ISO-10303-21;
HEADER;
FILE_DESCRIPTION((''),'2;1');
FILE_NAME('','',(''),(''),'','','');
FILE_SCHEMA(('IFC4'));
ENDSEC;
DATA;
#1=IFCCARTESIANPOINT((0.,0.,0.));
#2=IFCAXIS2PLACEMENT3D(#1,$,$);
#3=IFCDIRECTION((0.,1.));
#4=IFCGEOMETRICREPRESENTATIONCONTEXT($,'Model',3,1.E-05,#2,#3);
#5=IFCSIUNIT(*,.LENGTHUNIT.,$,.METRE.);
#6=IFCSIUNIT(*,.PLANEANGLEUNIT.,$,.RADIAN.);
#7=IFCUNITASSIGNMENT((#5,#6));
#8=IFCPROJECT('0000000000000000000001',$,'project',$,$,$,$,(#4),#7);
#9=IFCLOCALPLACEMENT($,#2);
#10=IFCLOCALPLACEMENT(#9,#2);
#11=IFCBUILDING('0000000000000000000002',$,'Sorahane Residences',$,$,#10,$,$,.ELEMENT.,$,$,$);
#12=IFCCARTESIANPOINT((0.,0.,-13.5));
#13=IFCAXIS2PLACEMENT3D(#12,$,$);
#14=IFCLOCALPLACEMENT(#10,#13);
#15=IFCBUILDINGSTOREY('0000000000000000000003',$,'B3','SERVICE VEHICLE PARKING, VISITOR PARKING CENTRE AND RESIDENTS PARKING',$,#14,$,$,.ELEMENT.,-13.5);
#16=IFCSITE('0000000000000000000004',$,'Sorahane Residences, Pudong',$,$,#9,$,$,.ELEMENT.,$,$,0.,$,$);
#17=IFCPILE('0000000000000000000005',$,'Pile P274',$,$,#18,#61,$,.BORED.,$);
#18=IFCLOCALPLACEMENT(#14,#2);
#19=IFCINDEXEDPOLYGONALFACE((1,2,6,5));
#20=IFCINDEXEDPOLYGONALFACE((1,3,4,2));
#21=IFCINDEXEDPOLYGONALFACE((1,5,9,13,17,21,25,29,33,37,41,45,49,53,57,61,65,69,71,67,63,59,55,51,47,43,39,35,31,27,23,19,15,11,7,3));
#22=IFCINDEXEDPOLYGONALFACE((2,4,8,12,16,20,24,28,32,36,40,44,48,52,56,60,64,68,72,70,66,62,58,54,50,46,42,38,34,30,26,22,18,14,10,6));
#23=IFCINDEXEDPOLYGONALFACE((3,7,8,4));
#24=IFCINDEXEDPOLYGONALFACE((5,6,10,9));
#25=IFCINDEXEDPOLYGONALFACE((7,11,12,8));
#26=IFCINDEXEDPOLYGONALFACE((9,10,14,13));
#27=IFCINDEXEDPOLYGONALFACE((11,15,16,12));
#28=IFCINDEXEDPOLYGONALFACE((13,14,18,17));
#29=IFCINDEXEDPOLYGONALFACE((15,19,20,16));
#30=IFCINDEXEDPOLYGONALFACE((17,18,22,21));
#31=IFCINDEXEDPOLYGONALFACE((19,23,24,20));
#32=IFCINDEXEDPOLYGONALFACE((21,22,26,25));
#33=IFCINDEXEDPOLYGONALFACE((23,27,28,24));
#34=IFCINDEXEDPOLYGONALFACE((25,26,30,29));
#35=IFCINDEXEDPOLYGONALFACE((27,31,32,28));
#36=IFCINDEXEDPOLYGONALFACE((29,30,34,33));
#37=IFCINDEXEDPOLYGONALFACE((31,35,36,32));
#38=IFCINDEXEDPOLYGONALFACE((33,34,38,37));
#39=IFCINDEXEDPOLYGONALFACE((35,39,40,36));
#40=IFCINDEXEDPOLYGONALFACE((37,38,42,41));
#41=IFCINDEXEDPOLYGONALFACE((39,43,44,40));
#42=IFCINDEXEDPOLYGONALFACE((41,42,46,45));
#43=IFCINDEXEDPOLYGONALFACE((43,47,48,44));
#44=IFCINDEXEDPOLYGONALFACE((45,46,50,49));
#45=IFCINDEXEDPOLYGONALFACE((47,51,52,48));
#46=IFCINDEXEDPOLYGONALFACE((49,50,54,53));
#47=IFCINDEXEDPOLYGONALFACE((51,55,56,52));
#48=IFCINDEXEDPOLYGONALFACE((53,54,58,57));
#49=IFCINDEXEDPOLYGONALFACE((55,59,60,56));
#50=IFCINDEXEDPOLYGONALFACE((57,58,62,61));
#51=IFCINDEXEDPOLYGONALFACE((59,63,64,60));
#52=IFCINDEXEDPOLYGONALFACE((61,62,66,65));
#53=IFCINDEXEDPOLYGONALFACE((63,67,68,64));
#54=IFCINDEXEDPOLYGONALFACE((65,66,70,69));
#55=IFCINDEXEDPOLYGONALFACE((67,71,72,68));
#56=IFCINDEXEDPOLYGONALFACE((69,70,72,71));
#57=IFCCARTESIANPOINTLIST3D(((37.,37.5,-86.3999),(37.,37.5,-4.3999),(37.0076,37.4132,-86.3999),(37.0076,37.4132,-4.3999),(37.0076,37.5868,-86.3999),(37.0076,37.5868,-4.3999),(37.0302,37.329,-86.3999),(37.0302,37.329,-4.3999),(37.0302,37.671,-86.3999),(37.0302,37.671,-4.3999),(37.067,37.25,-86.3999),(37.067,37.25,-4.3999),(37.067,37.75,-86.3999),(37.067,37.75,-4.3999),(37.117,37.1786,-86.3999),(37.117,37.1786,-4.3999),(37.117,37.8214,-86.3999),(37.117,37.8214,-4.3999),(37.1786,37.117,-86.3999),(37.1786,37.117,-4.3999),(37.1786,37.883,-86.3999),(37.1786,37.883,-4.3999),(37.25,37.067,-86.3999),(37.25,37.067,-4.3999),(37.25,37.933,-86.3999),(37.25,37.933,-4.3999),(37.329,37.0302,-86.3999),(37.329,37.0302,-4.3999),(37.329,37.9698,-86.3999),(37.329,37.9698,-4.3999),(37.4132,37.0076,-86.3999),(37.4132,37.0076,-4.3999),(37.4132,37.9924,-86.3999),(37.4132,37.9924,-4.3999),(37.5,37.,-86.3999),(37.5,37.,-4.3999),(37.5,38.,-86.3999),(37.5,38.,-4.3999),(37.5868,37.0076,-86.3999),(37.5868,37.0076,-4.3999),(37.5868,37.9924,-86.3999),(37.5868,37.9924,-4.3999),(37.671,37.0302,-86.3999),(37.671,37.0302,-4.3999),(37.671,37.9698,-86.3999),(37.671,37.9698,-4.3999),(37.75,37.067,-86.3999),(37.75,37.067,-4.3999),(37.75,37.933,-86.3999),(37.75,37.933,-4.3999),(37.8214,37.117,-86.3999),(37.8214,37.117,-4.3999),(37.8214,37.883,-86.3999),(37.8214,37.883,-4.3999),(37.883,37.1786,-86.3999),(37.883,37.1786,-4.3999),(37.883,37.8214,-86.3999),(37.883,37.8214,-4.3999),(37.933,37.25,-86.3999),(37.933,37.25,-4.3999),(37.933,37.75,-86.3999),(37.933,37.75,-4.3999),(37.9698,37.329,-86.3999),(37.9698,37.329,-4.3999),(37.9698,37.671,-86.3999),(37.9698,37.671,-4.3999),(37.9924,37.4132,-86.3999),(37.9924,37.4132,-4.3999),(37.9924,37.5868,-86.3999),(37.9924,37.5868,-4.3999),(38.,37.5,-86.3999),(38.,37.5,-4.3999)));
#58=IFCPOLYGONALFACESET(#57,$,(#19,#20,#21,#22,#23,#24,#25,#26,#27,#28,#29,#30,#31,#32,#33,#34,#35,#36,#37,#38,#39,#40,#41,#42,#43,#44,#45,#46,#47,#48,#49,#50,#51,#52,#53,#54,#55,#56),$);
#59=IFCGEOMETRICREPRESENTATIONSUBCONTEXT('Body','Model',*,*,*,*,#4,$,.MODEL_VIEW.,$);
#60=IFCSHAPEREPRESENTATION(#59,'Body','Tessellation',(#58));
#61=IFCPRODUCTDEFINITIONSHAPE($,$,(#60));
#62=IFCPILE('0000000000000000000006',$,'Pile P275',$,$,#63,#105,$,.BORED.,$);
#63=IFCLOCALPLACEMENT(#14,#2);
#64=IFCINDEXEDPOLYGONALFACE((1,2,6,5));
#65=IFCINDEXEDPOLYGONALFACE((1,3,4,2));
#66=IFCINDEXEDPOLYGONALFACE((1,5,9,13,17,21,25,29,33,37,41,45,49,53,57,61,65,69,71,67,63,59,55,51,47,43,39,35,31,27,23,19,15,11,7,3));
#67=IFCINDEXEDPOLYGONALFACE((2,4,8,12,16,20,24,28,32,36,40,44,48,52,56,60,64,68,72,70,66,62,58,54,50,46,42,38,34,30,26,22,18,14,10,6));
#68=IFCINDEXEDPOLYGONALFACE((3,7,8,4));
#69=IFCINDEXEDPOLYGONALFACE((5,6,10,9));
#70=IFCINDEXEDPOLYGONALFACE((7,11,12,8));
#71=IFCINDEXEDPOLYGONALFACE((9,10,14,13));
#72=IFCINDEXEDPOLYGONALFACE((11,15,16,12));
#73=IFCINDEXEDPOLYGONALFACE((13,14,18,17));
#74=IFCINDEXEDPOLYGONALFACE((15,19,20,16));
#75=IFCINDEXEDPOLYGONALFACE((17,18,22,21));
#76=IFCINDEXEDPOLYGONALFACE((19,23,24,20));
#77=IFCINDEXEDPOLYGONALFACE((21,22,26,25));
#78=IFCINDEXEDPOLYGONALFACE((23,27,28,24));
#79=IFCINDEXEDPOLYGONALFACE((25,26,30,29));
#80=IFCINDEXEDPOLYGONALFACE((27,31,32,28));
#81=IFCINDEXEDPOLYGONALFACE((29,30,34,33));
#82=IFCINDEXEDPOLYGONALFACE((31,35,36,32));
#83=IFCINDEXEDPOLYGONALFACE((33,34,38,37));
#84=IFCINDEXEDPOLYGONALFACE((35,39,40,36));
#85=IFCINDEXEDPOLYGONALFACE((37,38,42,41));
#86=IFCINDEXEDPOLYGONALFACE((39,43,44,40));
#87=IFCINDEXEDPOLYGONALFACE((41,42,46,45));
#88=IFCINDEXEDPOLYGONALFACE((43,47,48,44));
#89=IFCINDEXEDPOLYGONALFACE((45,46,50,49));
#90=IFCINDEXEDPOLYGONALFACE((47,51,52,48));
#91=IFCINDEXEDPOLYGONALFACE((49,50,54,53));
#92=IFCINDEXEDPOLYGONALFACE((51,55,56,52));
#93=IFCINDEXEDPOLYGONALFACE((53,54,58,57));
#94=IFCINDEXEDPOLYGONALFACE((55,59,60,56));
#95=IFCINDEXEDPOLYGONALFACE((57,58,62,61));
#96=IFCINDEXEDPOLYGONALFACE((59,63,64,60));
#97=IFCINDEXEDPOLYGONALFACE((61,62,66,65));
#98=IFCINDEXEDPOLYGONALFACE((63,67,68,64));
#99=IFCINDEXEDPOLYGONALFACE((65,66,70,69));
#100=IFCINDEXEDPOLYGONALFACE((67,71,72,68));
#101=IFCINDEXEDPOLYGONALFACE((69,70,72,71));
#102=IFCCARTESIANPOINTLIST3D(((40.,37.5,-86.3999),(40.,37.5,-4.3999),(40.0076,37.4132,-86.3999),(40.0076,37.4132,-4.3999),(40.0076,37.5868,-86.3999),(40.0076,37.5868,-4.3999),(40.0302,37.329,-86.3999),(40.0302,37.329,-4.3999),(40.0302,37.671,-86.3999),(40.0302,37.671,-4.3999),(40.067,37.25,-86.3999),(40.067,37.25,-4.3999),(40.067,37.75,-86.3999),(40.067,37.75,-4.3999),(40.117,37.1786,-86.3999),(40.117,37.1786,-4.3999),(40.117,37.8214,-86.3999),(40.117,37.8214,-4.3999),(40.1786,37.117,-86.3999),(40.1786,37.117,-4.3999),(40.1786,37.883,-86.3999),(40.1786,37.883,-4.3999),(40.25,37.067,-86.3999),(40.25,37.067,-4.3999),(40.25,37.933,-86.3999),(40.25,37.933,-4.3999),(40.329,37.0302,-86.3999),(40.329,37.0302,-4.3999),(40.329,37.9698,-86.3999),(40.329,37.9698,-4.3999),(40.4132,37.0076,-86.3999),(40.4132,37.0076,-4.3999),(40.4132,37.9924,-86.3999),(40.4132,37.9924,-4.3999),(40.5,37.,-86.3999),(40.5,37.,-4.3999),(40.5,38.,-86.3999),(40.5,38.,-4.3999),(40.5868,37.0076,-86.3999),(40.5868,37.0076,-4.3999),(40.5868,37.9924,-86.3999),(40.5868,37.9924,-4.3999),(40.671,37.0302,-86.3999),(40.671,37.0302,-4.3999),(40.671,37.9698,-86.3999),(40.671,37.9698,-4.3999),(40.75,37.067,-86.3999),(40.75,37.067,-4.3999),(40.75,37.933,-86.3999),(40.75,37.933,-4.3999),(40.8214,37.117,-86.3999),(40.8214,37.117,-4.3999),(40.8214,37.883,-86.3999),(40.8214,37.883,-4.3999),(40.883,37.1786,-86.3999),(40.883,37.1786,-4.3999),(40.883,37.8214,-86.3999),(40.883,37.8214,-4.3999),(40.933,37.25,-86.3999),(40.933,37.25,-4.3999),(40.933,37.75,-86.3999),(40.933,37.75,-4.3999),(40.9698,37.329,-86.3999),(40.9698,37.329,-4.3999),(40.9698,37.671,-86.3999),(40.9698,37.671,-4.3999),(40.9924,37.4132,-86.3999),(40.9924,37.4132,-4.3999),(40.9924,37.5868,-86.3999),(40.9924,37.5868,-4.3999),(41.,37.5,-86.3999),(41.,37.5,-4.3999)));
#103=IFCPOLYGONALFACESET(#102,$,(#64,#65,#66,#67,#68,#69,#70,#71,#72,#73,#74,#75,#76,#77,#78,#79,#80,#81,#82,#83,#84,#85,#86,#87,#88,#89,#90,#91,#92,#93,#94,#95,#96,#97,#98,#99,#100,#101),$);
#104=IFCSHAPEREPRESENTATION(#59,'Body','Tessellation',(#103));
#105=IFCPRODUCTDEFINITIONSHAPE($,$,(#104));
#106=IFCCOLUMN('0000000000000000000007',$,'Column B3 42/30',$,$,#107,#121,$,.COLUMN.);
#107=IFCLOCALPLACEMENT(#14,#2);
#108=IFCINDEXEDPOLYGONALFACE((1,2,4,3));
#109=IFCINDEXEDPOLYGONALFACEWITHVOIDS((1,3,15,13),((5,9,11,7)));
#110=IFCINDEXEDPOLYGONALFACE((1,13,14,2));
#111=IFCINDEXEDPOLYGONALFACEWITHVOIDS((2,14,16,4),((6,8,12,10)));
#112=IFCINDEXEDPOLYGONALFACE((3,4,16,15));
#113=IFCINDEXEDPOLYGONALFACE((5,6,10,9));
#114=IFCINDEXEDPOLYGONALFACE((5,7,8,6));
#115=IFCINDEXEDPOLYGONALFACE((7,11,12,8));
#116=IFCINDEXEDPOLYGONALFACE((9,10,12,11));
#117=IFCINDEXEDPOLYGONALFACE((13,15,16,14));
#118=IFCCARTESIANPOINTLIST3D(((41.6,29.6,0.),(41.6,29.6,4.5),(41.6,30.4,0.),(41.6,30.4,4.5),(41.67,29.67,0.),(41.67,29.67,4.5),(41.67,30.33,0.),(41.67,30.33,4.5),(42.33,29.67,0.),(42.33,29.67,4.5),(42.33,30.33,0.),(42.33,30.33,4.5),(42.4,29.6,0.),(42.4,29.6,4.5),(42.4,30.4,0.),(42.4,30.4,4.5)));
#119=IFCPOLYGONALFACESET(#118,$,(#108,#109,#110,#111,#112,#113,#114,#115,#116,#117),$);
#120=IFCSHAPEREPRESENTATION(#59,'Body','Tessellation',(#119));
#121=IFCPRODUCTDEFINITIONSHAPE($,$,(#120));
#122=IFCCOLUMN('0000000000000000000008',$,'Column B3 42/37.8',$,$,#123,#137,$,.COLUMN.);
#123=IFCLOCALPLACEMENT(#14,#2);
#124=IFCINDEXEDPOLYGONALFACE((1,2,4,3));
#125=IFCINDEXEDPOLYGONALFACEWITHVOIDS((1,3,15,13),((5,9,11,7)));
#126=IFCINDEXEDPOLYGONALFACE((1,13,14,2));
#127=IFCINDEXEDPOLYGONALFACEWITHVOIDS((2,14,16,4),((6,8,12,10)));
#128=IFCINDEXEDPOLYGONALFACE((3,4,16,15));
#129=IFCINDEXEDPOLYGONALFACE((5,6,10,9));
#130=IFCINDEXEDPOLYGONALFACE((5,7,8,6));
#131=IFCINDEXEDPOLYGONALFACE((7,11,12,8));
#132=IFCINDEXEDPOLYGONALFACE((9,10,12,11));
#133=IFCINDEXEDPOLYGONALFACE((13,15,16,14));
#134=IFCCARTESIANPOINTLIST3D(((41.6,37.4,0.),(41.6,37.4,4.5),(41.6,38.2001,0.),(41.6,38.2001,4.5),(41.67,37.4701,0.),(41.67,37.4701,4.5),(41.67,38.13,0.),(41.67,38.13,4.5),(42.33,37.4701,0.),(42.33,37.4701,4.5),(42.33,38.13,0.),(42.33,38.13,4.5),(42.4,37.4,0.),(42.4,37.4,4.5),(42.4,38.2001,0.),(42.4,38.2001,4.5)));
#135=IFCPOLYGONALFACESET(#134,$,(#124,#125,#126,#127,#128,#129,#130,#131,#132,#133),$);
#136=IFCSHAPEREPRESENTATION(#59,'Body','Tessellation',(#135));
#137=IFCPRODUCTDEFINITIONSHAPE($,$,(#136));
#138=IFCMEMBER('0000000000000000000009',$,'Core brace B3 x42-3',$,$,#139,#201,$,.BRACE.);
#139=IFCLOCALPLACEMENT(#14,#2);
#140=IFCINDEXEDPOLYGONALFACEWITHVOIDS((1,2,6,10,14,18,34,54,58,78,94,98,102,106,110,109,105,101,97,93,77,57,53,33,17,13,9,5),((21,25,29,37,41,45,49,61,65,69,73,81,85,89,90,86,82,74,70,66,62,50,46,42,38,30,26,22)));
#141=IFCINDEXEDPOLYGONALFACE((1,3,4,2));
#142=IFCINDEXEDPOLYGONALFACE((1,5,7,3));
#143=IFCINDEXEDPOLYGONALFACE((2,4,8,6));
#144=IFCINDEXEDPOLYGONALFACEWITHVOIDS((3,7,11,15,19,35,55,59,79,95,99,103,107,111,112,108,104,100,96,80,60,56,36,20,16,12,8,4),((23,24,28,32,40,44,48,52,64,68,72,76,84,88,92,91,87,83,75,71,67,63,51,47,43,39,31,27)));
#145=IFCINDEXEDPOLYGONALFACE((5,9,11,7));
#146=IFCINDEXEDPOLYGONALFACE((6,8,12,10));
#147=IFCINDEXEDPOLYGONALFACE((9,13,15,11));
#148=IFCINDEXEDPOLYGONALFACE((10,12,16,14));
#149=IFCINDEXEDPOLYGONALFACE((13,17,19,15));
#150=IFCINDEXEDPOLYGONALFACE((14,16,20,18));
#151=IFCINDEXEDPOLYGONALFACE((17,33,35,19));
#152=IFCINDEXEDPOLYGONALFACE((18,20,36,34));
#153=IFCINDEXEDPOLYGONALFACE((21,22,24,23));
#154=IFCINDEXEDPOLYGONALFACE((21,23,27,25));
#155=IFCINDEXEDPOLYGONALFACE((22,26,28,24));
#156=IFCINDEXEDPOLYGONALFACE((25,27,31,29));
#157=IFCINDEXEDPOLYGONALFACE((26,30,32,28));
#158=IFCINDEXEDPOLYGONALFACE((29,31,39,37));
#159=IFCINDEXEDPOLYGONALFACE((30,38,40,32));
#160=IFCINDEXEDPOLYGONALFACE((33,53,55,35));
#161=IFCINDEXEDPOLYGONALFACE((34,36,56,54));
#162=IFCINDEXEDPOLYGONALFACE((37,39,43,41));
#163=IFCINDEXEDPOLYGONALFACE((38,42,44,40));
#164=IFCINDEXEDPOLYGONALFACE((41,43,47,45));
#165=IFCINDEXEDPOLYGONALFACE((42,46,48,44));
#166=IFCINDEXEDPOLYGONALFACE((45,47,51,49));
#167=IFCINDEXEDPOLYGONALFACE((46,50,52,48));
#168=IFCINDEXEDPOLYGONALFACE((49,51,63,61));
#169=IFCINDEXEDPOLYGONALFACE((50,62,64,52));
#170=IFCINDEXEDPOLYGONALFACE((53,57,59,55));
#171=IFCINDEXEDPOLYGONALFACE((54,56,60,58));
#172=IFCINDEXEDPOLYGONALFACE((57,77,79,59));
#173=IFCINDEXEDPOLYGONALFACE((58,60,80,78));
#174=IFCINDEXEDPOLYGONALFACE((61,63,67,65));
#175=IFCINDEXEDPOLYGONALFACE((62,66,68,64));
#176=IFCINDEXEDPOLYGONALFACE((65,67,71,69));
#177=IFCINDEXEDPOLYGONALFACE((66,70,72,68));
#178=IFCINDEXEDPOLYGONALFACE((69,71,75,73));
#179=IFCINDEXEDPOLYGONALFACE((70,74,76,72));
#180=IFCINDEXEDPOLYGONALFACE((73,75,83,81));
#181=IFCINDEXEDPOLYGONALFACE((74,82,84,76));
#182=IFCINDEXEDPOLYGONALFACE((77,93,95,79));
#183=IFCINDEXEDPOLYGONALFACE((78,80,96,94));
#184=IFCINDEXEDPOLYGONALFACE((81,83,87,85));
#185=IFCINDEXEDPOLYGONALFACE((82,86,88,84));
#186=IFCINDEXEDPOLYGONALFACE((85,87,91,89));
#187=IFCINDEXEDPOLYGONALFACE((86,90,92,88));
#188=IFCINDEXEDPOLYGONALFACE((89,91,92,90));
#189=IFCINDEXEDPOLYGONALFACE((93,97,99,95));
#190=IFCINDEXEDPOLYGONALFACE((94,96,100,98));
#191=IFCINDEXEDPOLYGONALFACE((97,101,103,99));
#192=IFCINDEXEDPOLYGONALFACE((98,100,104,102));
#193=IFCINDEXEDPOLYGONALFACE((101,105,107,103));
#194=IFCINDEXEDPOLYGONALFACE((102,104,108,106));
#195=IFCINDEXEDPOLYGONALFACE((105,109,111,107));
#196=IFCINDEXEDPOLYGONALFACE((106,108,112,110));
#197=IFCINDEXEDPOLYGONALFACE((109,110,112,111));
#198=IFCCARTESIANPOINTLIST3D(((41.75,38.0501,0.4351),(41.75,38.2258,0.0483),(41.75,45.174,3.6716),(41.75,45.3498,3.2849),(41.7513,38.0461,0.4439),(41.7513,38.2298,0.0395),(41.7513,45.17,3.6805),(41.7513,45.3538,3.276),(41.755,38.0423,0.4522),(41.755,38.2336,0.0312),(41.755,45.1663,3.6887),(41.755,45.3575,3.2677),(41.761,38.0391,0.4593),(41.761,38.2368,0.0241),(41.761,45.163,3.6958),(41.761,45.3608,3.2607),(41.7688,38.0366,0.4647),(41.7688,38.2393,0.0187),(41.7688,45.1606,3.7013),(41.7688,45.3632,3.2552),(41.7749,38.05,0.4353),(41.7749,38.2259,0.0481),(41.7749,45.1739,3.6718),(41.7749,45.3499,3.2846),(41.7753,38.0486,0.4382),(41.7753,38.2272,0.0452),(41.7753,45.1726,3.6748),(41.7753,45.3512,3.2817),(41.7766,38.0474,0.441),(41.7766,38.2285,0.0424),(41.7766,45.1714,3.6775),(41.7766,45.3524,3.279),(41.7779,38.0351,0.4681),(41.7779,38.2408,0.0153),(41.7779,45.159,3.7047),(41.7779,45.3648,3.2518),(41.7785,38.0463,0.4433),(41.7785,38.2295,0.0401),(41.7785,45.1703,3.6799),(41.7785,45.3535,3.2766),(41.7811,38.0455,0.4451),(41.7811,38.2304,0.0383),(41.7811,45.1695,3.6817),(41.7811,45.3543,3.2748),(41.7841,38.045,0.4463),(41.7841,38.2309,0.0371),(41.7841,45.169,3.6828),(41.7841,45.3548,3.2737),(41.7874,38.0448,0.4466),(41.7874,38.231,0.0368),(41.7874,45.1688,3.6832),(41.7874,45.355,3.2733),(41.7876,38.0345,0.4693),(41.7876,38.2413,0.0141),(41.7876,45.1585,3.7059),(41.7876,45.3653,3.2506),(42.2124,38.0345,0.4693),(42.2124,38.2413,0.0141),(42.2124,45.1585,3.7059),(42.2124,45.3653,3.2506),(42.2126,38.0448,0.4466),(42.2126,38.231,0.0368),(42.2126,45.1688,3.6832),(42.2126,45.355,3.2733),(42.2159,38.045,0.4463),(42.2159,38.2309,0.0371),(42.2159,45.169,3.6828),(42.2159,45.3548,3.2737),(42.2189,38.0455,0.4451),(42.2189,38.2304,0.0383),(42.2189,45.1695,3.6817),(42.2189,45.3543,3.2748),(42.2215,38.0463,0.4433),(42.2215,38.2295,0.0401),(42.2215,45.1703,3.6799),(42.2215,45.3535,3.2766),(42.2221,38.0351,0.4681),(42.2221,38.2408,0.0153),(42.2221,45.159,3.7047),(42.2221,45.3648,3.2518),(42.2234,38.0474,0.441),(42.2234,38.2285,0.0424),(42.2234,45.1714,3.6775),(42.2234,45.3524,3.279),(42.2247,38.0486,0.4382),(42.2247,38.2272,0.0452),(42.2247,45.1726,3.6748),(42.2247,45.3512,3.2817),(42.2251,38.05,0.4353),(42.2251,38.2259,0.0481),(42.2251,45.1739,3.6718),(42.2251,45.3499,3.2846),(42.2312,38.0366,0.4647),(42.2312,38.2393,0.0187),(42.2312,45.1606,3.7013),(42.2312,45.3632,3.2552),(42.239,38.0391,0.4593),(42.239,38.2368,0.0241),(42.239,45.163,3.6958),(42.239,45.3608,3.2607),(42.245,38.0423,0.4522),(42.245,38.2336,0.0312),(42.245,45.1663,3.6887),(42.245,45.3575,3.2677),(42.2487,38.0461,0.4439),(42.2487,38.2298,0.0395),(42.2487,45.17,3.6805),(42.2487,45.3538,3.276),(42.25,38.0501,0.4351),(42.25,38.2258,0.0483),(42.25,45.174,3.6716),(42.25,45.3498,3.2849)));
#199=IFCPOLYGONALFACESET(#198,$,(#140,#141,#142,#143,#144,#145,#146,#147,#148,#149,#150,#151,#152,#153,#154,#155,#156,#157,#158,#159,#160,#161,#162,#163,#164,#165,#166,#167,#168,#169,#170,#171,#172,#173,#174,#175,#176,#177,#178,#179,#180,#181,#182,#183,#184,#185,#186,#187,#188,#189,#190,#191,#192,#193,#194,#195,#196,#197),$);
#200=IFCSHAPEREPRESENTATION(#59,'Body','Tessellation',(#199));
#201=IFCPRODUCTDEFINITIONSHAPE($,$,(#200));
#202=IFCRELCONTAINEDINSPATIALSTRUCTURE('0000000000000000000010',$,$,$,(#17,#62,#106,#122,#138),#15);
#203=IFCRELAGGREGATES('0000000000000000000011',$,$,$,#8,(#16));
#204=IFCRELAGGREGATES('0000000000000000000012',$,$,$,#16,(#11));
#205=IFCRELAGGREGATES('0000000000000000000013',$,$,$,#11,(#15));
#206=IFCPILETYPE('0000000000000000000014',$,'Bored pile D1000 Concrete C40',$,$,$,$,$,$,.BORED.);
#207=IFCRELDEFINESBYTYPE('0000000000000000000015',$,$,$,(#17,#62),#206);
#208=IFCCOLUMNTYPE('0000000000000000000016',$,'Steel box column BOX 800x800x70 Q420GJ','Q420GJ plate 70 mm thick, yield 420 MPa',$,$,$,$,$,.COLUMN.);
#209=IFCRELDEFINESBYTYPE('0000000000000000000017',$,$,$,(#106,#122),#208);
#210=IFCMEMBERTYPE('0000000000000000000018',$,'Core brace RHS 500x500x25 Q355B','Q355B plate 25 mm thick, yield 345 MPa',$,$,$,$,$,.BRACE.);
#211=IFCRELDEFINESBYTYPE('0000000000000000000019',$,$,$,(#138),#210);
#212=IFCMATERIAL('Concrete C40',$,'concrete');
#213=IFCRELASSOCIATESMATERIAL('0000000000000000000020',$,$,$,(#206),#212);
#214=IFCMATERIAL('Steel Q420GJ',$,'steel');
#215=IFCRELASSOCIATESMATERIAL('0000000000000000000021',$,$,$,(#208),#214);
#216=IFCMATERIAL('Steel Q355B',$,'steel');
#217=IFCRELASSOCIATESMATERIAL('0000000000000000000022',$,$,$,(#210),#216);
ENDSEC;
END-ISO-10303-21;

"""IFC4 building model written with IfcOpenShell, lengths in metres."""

from ifc_helpers import new_model, si_unit, direction, frame, origin, origin_2d, place, context, subcontext, project, spatial, hollow_rectangle, circle, extrude, material, material_profile, profile_set, type_object, element, save


model = new_model("IFC4")

# Units and contexts
model_context = context("Model", 3, precision=1e-05, world=origin(), true_north=direction((0.0, 1.0)))
body_context = subcontext(model_context, "Body", "Model", "MODEL_VIEW")
ifc_project = project(units=[si_unit("LENGTHUNIT", "METRE"), si_unit("PLANEANGLEUNIT", "RADIAN")], contexts=[model_context])

# Site, building, storey
site_placement = place(None, origin())
site = spatial("IfcSite", under=ifc_project, at=site_placement, Name="Sorahane Residences, Pudong", CompositionType="ELEMENT", RefElevation=0.0)
building_placement = place(site_placement, origin())
building = spatial("IfcBuilding", under=site, at=building_placement, Name="Sorahane Residences", CompositionType="ELEMENT")
storey_placement = place(building_placement, frame((0.0, 0.0, -13.5)))
storey = spatial("IfcBuildingStorey", under=building, at=storey_placement, Name="B3", Description="SERVICE VEHICLE PARKING, VISITOR PARKING CENTRE AND RESIDENTS PARKING", CompositionType="ELEMENT", Elevation=-13.5)

# Piles
ifc_material_1 = material(Name="Concrete C40", Category="concrete")
ifc_material_profile_1 = material_profile(ifc_material_1, circle(Radius=0.5, at=origin_2d()), Name="D1000")
ifc_profile_set_1 = profile_set([ifc_material_profile_1], Name="Concrete C40")
pile_type = type_object("IfcPileType", Name="Bored pile D1000 Concrete C40", PredefinedType="BORED", material=ifc_profile_set_1)
for number, where, z_axis, x_axis, name in (
    (1, (37.5, 37.5, -4.3999), (0.0, 0.0, -1.0), (1.0, 0.0, 0.0), "Pile P274"),
    (2, (40.5, 37.5, -4.3999), (0.0, 0.0, -1.0), (1.0, 0.0, 0.0), "Pile P275"),
):
    element("IfcPile", number, at=place(storey_placement, frame(where, z_axis=z_axis, x_axis=x_axis)), inside=storey, type_object=pile_type, Name=name, PredefinedType="BORED", context=body_context, shape_type="SweptSolid", body=[
        extrude(circle(Radius=0.5, at=origin_2d()), origin(), (0.0, 0.0, 1.0), 82.0),
    ])

# Columns
ifc_material_2 = material(Name="Steel Q420GJ", Category="steel")
ifc_material_profile_2 = material_profile(ifc_material_2, hollow_rectangle(XDim=0.8, YDim=0.8, WallThickness=0.0701, at=origin_2d()), Name="BOX 800x800x70")
ifc_profile_set_2 = profile_set([ifc_material_profile_2], Name="Steel Q420GJ")
column_type = type_object("IfcColumnType", Name="Steel box column BOX 800x800x70 Q420GJ", Description="Q420GJ plate 70 mm thick, yield 420 MPa", PredefinedType="COLUMN", material=ifc_profile_set_2)
for number, where, z_axis, x_axis, name in (
    (3, (42.0, 30.0, 0.0), (0.0, 0.0, 1.0), (1.0, 0.0, 0.0), "Column B3 42/30"),
    (4, (42.0, 37.8, 0.0), (0.0, 0.0, 1.0), (1.0, 0.0, 0.0), "Column B3 42/37.8"),
):
    element("IfcColumn", number, at=place(storey_placement, frame(where, z_axis=z_axis, x_axis=x_axis)), inside=storey, type_object=column_type, Name=name, PredefinedType="COLUMN", context=body_context, shape_type="SweptSolid", body=[
        extrude(hollow_rectangle(XDim=0.8, YDim=0.8, WallThickness=0.0701, at=origin_2d()), origin(), (0.0, 0.0, 1.0), 4.5),
    ])

# Member
ifc_material_3 = material(Name="Steel Q355B", Category="steel")
ifc_material_profile_3 = material_profile(ifc_material_3, hollow_rectangle(XDim=0.5, YDim=0.5, WallThickness=0.0249, InnerFilletRadius=0.0125, OuterFilletRadius=0.0376, at=origin_2d()), Name="RHS 500x500x25")
ifc_profile_set_3 = profile_set([ifc_material_profile_3], Name="Steel Q355B")
member_type = type_object("IfcMemberType", Name="Core brace RHS 500x500x25 Q355B", Description="Q355B plate 25 mm thick, yield 345 MPa", PredefinedType="BRACE", material=ifc_profile_set_3)
member_placement = place(storey_placement, frame((42.0, 38.1379, 0.2417), z_axis=(0.0, 0.910444, 0.413631), x_axis=(-1.0, 0.0, 0.0)))
element("IfcMember", 5, at=member_placement, inside=storey, type_object=member_type, Name="Core brace B3 x42-3", PredefinedType="BRACE", context=body_context, shape_type="SweptSolid", body=[
    extrude(hollow_rectangle(XDim=0.5, YDim=0.5, WallThickness=0.0249, InnerFilletRadius=0.0125, OuterFilletRadius=0.0376, at=origin_2d()), origin(), (0.0, 0.0, 1.0), 7.8247),
])

save(model, "model.ifc")
